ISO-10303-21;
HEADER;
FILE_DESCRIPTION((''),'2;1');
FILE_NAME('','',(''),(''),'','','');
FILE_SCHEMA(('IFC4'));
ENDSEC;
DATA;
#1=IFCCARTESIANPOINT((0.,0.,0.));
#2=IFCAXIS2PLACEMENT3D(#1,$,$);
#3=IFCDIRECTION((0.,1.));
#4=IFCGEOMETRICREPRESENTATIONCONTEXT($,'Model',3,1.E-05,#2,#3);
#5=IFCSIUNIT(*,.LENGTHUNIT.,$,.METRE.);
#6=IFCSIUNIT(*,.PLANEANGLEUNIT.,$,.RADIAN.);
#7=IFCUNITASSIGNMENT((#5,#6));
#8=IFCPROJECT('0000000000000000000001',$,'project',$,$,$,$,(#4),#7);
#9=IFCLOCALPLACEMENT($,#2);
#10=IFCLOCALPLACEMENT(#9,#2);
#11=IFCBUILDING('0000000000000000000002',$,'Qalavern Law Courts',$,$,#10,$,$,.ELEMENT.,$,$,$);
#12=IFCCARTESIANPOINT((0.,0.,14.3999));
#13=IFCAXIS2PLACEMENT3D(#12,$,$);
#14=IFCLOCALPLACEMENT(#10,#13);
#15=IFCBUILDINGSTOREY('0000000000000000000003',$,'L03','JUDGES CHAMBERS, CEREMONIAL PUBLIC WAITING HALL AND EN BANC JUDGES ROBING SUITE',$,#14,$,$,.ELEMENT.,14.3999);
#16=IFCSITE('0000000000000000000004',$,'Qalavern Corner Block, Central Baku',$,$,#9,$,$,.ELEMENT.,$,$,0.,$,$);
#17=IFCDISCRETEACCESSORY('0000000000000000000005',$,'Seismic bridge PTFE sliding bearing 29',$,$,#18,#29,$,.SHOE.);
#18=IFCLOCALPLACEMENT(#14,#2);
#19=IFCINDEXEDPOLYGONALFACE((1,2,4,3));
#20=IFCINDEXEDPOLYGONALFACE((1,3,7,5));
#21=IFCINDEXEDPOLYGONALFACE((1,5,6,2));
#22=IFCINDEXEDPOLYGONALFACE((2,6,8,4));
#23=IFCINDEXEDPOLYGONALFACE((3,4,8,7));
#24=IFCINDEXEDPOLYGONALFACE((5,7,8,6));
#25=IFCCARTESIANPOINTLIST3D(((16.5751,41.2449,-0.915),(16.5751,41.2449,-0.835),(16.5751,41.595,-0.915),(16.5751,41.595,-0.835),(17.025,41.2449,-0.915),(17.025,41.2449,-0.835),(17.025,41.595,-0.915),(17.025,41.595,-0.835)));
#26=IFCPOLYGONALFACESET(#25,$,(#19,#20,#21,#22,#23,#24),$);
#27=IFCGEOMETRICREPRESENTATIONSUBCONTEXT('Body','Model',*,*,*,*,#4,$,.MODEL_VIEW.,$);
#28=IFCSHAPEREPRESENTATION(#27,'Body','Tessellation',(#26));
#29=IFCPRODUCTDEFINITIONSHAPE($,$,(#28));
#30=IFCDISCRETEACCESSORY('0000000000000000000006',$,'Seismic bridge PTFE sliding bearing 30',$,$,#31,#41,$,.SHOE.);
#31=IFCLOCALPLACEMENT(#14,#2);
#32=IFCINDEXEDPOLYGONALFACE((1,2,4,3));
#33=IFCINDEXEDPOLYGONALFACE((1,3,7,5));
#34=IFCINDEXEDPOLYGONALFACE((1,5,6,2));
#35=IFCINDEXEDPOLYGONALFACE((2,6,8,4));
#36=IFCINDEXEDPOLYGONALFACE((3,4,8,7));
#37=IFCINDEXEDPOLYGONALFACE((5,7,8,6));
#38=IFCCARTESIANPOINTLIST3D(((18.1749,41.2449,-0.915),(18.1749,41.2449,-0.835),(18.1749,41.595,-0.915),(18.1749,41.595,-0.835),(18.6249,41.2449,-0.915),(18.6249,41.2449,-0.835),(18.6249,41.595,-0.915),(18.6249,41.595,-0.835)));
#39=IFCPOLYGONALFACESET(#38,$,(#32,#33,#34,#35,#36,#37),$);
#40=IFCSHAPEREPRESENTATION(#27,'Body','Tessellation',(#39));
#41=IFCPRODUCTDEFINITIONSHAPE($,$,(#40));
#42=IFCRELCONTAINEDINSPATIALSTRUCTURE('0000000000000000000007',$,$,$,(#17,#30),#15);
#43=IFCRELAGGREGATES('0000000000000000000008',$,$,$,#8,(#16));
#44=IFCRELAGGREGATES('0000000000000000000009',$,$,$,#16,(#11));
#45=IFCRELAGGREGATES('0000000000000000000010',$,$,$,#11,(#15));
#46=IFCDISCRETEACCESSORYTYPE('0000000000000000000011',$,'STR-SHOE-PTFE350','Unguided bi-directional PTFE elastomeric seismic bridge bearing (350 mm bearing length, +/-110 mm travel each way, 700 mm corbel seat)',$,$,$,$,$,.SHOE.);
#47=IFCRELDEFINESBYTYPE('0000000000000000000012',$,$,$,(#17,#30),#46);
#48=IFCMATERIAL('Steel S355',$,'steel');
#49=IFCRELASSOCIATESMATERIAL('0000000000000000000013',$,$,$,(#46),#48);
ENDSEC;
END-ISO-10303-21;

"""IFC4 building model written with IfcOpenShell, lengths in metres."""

from ifc_helpers import new_model, si_unit, direction, frame, origin, origin_2d, place, context, subcontext, project, spatial, rectangle, extrude, material, type_object, element, save


model = new_model("IFC4")

# Units and contexts
model_context = context("Model", 3, precision=1e-05, world=origin(), true_north=direction((0.0, 1.0)))
body_context = subcontext(model_context, "Body", "Model", "MODEL_VIEW")
ifc_project = project(units=[si_unit("LENGTHUNIT", "METRE"), si_unit("PLANEANGLEUNIT", "RADIAN")], contexts=[model_context])

# Site, building, storey
site_placement = place(None, origin())
site = spatial("IfcSite", under=ifc_project, at=site_placement, Name="Qalavern Corner Block, Central Baku", CompositionType="ELEMENT", RefElevation=0.0)
building_placement = place(site_placement, origin())
building = spatial("IfcBuilding", under=site, at=building_placement, Name="Qalavern Law Courts", CompositionType="ELEMENT")
storey_placement = place(building_placement, frame((0.0, 0.0, 14.3999)))
storey = spatial("IfcBuildingStorey", under=building, at=storey_placement, Name="L03", Description="JUDGES CHAMBERS, CEREMONIAL PUBLIC WAITING HALL AND EN BANC JUDGES ROBING SUITE", CompositionType="ELEMENT", Elevation=14.3999)

# Shared definitions
ifc_material_1 = material(Name="Steel S355", Category="steel")

# Discrete accessories
discrete_accessory_type_1 = type_object("IfcDiscreteAccessoryType", Name="STR-SHOE-PTFE350", Description="Unguided bi-directional PTFE elastomeric seismic bridge bearing (350 mm bearing length, +/-110 mm travel each way, 700 mm corbel seat)", PredefinedType="SHOE", material=ifc_material_1)
for number, where, z_axis, x_axis, name in (
    (1, (16.8, 41.4199, -0.915), (0.0, 0.0, 1.0), (1.0, 0.0, 0.0), "Seismic bridge PTFE sliding bearing 29"),
    (2, (18.3999, 41.4199, -0.915), (0.0, 0.0, 1.0), (1.0, 0.0, 0.0), "Seismic bridge PTFE sliding bearing 30"),
):
    element("IfcDiscreteAccessory", number, at=place(storey_placement, frame(where, z_axis=z_axis, x_axis=x_axis)), inside=storey, type_object=discrete_accessory_type_1, Name=name, PredefinedType="SHOE", context=body_context, shape_type="SweptSolid", body=[
        extrude(rectangle(XDim=0.45, YDim=0.3501, at=origin_2d()), origin(), (0.0, 0.0, 1.0), 0.0801),
    ])

save(model, "model.ifc")
